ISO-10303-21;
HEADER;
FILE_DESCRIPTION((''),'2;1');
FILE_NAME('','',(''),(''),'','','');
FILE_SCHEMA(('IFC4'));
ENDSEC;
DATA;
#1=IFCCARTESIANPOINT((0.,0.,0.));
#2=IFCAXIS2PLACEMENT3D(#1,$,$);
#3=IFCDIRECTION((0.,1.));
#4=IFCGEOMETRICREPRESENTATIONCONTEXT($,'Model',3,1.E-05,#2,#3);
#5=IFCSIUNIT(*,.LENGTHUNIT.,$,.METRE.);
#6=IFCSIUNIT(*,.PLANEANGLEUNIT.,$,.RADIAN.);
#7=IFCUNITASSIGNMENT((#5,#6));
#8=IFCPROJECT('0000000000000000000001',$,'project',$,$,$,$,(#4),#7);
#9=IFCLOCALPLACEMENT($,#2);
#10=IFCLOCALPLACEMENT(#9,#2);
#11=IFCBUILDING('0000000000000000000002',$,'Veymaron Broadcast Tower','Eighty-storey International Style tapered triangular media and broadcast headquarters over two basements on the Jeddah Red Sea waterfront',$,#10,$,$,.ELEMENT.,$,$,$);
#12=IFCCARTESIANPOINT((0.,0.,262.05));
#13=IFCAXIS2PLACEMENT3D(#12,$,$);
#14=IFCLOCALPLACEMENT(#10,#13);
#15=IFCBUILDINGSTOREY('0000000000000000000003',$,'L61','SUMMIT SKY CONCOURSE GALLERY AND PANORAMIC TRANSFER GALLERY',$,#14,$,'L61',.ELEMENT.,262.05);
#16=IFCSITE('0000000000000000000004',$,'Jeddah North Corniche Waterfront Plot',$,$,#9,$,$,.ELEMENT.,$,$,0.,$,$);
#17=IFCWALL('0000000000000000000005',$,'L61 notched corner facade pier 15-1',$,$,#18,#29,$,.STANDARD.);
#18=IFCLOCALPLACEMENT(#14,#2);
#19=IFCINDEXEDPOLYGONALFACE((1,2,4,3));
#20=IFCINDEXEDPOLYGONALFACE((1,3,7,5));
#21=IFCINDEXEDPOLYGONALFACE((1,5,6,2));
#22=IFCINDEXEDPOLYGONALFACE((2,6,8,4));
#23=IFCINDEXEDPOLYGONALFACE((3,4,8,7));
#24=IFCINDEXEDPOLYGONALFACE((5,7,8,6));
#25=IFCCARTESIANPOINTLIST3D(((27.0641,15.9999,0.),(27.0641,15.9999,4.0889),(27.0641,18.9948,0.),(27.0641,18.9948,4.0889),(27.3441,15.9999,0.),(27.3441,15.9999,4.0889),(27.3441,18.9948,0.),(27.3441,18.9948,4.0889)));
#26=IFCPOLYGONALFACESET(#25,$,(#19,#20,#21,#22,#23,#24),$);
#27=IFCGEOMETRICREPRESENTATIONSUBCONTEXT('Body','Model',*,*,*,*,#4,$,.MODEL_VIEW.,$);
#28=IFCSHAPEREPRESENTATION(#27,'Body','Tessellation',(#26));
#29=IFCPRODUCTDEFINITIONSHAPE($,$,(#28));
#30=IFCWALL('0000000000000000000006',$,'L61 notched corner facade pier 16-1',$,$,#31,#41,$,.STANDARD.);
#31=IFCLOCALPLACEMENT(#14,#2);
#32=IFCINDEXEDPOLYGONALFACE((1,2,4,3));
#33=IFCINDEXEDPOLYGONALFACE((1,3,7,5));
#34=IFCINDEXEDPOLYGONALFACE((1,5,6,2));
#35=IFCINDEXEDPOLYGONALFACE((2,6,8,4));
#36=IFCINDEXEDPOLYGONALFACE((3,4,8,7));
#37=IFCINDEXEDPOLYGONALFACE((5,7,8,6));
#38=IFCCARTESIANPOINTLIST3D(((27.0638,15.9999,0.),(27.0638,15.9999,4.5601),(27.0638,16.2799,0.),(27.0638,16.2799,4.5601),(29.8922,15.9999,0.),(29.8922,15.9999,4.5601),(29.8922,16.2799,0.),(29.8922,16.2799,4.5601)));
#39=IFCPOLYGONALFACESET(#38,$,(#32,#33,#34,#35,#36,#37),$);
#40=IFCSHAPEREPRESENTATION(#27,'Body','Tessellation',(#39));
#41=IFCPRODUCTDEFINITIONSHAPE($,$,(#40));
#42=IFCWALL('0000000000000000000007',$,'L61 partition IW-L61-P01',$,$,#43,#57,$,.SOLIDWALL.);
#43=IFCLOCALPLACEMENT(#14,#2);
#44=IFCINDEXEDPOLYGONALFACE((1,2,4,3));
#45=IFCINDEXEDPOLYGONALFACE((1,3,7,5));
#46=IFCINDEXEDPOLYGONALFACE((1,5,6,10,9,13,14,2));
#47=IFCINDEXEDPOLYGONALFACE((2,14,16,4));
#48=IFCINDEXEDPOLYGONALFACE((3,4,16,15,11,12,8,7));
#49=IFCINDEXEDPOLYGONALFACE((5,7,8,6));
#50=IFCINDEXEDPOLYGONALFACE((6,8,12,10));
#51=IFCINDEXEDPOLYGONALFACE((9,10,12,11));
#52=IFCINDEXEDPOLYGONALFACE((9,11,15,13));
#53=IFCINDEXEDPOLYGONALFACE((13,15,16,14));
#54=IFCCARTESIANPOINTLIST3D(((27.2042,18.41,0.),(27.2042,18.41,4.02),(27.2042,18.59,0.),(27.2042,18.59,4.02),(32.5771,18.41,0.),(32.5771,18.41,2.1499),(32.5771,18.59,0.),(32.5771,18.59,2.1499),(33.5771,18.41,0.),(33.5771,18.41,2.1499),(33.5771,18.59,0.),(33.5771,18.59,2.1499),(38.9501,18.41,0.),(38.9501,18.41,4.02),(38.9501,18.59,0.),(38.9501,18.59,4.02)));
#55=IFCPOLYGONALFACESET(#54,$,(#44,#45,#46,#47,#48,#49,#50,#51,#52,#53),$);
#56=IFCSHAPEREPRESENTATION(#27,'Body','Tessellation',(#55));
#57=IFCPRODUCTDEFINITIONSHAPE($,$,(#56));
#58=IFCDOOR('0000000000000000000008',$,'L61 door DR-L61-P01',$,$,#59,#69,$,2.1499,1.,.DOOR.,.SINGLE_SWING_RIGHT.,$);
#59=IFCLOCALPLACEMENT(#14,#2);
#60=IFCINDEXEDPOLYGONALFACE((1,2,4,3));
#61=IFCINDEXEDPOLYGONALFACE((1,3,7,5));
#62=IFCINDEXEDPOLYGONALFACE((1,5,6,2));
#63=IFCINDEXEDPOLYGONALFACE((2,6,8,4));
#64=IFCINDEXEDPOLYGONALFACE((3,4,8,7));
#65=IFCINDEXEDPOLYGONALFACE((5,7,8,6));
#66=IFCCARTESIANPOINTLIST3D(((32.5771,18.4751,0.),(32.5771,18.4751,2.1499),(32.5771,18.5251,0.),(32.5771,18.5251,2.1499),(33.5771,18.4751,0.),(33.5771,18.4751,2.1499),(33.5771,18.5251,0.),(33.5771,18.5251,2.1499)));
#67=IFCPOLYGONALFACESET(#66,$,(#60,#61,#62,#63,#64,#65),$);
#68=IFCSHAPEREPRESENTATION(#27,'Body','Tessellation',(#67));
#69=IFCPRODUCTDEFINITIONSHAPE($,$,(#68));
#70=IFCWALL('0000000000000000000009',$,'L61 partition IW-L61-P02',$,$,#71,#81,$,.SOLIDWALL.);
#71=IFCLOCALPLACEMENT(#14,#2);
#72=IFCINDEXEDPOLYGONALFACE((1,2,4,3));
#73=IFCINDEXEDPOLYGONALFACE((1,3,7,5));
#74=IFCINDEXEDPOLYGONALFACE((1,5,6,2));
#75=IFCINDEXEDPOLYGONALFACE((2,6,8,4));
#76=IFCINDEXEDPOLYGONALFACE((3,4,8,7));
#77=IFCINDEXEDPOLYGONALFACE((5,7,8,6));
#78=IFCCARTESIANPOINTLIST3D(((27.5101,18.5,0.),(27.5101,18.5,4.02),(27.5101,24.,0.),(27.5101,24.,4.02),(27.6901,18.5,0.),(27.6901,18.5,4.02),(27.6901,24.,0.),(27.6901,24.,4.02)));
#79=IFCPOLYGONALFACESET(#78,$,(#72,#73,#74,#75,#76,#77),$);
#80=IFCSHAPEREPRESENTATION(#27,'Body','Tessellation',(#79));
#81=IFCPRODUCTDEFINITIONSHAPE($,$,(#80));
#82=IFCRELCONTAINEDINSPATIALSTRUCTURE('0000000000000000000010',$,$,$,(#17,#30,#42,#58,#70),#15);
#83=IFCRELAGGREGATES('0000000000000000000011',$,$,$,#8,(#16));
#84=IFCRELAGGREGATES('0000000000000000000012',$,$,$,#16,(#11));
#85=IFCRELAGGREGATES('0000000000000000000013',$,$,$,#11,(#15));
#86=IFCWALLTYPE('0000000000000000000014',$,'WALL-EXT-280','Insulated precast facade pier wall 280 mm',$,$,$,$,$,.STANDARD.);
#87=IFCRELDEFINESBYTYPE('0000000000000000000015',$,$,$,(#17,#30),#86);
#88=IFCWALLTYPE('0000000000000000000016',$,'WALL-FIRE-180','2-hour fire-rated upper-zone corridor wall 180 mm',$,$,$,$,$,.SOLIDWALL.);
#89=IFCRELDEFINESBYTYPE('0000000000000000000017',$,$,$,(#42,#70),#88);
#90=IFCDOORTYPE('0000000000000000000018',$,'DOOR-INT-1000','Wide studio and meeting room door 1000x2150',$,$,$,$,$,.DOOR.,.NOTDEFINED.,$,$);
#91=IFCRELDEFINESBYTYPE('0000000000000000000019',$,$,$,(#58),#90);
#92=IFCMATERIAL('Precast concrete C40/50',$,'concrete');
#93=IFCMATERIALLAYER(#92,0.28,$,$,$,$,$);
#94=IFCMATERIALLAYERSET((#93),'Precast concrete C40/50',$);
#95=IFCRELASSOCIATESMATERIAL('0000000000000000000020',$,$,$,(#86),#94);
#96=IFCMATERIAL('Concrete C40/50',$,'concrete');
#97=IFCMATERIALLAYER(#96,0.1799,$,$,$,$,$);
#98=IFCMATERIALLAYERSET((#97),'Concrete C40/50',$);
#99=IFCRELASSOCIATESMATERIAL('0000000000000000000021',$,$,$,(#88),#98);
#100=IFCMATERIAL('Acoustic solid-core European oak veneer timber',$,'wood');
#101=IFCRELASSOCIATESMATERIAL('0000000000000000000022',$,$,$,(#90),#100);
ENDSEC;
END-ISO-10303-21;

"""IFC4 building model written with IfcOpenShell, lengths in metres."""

from ifc_helpers import new_model, si_unit, direction, frame, frame_2d, origin, place, context, subcontext, project, spatial, rectangle, extrude, material, layer, layer_set, type_object, element, fill, save


model = new_model("IFC4")

# Units and contexts
model_context = context("Model", 3, precision=1e-05, world=origin(), true_north=direction((0.0, 1.0)))
body_context = subcontext(model_context, "Body", "Model", "MODEL_VIEW")
ifc_project = project(units=[si_unit("LENGTHUNIT", "METRE"), si_unit("PLANEANGLEUNIT", "RADIAN")], contexts=[model_context])

# Site, building, storey
site_placement = place(None, origin())
site = spatial("IfcSite", under=ifc_project, at=site_placement, Name="Jeddah North Corniche Waterfront Plot", CompositionType="ELEMENT", RefElevation=0.0)
building_placement = place(site_placement, origin())
building = spatial("IfcBuilding", under=site, at=building_placement, Name="Veymaron Broadcast Tower", Description="Eighty-storey International Style tapered triangular media and broadcast headquarters over two basements on the Jeddah Red Sea waterfront", CompositionType="ELEMENT")
storey_placement = place(building_placement, frame((0.0, 0.0, 262.05)))
storey = spatial("IfcBuildingStorey", under=building, at=storey_placement, Name="L61", Description="SUMMIT SKY CONCOURSE GALLERY AND PANORAMIC TRANSFER GALLERY", LongName="L61", CompositionType="ELEMENT", Elevation=262.05)

# Shared definitions
ifc_material_1 = material(Name="Concrete C40/50", Category="concrete")

# Walls
ifc_material_2 = material(Name="Precast concrete C40/50", Category="concrete")
ifc_layer_1 = layer(ifc_material_2, 0.28)
ifc_layer_set_1 = layer_set([ifc_layer_1], Name="Precast concrete C40/50")
wall_type_1 = type_object("IfcWallType", Name="WALL-EXT-280", Description="Insulated precast facade pier wall 280 mm", PredefinedType="STANDARD", material=ifc_layer_set_1)
wall_1_placement = place(storey_placement, frame((27.2041, 18.9949, 0.0), z_axis=(0.0, 0.0, 1.0), x_axis=(0.0, -1.0, 0.0)))
element("IfcWall", 1, at=wall_1_placement, inside=storey, type_object=wall_type_1, Name="L61 notched corner facade pier 15-1", PredefinedType="STANDARD", context=body_context, shape_type="SweptSolid", body=[
    extrude(rectangle(XDim=2.9949, YDim=0.28, at=frame_2d((1.4976, 0.0))), origin(), (0.0, 0.0, 1.0), 4.0889),
])
wall_2_placement = place(storey_placement, frame((27.064, 16.1399, 0.0), z_axis=(0.0, 0.0, 1.0), x_axis=(1.0, 0.0, 0.0)))
element("IfcWall", 2, at=wall_2_placement, inside=storey, type_object=wall_type_1, Name="L61 notched corner facade pier 16-1", PredefinedType="STANDARD", context=body_context, shape_type="SweptSolid", body=[
    extrude(rectangle(XDim=2.8284, YDim=0.28, at=frame_2d((1.4141, 0.0))), origin(), (0.0, 0.0, 1.0), 4.5601),
])

# Wall, opening, door
ifc_layer_2 = layer(ifc_material_1, 0.1799)
ifc_layer_set_2 = layer_set([ifc_layer_2], Name="Concrete C40/50")
wall_type_2 = type_object("IfcWallType", Name="WALL-FIRE-180", Description="2-hour fire-rated upper-zone corridor wall 180 mm", PredefinedType="SOLIDWALL", material=ifc_layer_set_2)
wall_3_placement = place(storey_placement, frame((27.2041, 18.5, 0.0), z_axis=(0.0, 0.0, 1.0), x_axis=(1.0, 0.0, 0.0)))
wall_3 = element("IfcWall", 3, at=wall_3_placement, inside=storey, type_object=wall_type_2, Name="L61 partition IW-L61-P01", PredefinedType="SOLIDWALL", context=body_context, shape_type="SweptSolid", body=[
    extrude(rectangle(XDim=11.7458, YDim=0.1799, at=frame_2d((5.873, 0.0))), origin(), (0.0, 0.0, 1.0), 4.02),
])
opening_placement = place(wall_3_placement, frame((5.373, 0.0, 0.0)))
opening = element("IfcOpeningElement", 4, at=opening_placement, cuts=wall_3, PredefinedType="OPENING", context=body_context, shape_type="SweptSolid", body=[
    extrude(rectangle(XDim=1.0, YDim=2.1499, at=frame_2d((0.5, 1.075))), frame((0.0, 0.1001, 0.0), z_axis=(0.0, -1.0, 0.0), x_axis=(1.0, 0.0, 0.0)), (0.0, 0.0, 1.0), 0.2),
])
ifc_material_3 = material(Name="Acoustic solid-core European oak veneer timber", Category="wood")
door_type = type_object("IfcDoorType", Name="DOOR-INT-1000", Description="Wide studio and meeting room door 1000x2150", OperationType="NOTDEFINED", PredefinedType="DOOR", material=ifc_material_3)
door_placement = place(opening_placement, frame((1.0, 0.0, 0.0), z_axis=(0.0, 0.0, 1.0), x_axis=(-1.0, 0.0, 0.0)))
door = element("IfcDoor", 5, at=door_placement, inside=storey, type_object=door_type, Name="L61 door DR-L61-P01", OperationType="SINGLE_SWING_RIGHT", OverallHeight=2.1499, OverallWidth=1.0, PredefinedType="DOOR", context=body_context, shape_type="SweptSolid", body=[
    extrude(rectangle(XDim=1.0, YDim=2.1499, at=frame_2d((0.5, 1.075))), frame((0.0, 0.0249, 0.0), z_axis=(0.0, -1.0, 0.0), x_axis=(1.0, 0.0, 0.0)), (0.0, 0.0, 1.0), 0.05),
])
fill(opening, door)

# Wall
wall_4_placement = place(storey_placement, frame((27.6001, 18.5, 0.0), z_axis=(0.0, 0.0, 1.0), x_axis=(0.0, 1.0, 0.0)))
element("IfcWall", 6, at=wall_4_placement, inside=storey, type_object=wall_type_2, Name="L61 partition IW-L61-P02", PredefinedType="SOLIDWALL", context=body_context, shape_type="SweptSolid", body=[
    extrude(rectangle(XDim=5.5, YDim=0.1799, at=frame_2d((2.75, 0.0))), origin(), (0.0, 0.0, 1.0), 4.02),
])

save(model, "model.ifc")
